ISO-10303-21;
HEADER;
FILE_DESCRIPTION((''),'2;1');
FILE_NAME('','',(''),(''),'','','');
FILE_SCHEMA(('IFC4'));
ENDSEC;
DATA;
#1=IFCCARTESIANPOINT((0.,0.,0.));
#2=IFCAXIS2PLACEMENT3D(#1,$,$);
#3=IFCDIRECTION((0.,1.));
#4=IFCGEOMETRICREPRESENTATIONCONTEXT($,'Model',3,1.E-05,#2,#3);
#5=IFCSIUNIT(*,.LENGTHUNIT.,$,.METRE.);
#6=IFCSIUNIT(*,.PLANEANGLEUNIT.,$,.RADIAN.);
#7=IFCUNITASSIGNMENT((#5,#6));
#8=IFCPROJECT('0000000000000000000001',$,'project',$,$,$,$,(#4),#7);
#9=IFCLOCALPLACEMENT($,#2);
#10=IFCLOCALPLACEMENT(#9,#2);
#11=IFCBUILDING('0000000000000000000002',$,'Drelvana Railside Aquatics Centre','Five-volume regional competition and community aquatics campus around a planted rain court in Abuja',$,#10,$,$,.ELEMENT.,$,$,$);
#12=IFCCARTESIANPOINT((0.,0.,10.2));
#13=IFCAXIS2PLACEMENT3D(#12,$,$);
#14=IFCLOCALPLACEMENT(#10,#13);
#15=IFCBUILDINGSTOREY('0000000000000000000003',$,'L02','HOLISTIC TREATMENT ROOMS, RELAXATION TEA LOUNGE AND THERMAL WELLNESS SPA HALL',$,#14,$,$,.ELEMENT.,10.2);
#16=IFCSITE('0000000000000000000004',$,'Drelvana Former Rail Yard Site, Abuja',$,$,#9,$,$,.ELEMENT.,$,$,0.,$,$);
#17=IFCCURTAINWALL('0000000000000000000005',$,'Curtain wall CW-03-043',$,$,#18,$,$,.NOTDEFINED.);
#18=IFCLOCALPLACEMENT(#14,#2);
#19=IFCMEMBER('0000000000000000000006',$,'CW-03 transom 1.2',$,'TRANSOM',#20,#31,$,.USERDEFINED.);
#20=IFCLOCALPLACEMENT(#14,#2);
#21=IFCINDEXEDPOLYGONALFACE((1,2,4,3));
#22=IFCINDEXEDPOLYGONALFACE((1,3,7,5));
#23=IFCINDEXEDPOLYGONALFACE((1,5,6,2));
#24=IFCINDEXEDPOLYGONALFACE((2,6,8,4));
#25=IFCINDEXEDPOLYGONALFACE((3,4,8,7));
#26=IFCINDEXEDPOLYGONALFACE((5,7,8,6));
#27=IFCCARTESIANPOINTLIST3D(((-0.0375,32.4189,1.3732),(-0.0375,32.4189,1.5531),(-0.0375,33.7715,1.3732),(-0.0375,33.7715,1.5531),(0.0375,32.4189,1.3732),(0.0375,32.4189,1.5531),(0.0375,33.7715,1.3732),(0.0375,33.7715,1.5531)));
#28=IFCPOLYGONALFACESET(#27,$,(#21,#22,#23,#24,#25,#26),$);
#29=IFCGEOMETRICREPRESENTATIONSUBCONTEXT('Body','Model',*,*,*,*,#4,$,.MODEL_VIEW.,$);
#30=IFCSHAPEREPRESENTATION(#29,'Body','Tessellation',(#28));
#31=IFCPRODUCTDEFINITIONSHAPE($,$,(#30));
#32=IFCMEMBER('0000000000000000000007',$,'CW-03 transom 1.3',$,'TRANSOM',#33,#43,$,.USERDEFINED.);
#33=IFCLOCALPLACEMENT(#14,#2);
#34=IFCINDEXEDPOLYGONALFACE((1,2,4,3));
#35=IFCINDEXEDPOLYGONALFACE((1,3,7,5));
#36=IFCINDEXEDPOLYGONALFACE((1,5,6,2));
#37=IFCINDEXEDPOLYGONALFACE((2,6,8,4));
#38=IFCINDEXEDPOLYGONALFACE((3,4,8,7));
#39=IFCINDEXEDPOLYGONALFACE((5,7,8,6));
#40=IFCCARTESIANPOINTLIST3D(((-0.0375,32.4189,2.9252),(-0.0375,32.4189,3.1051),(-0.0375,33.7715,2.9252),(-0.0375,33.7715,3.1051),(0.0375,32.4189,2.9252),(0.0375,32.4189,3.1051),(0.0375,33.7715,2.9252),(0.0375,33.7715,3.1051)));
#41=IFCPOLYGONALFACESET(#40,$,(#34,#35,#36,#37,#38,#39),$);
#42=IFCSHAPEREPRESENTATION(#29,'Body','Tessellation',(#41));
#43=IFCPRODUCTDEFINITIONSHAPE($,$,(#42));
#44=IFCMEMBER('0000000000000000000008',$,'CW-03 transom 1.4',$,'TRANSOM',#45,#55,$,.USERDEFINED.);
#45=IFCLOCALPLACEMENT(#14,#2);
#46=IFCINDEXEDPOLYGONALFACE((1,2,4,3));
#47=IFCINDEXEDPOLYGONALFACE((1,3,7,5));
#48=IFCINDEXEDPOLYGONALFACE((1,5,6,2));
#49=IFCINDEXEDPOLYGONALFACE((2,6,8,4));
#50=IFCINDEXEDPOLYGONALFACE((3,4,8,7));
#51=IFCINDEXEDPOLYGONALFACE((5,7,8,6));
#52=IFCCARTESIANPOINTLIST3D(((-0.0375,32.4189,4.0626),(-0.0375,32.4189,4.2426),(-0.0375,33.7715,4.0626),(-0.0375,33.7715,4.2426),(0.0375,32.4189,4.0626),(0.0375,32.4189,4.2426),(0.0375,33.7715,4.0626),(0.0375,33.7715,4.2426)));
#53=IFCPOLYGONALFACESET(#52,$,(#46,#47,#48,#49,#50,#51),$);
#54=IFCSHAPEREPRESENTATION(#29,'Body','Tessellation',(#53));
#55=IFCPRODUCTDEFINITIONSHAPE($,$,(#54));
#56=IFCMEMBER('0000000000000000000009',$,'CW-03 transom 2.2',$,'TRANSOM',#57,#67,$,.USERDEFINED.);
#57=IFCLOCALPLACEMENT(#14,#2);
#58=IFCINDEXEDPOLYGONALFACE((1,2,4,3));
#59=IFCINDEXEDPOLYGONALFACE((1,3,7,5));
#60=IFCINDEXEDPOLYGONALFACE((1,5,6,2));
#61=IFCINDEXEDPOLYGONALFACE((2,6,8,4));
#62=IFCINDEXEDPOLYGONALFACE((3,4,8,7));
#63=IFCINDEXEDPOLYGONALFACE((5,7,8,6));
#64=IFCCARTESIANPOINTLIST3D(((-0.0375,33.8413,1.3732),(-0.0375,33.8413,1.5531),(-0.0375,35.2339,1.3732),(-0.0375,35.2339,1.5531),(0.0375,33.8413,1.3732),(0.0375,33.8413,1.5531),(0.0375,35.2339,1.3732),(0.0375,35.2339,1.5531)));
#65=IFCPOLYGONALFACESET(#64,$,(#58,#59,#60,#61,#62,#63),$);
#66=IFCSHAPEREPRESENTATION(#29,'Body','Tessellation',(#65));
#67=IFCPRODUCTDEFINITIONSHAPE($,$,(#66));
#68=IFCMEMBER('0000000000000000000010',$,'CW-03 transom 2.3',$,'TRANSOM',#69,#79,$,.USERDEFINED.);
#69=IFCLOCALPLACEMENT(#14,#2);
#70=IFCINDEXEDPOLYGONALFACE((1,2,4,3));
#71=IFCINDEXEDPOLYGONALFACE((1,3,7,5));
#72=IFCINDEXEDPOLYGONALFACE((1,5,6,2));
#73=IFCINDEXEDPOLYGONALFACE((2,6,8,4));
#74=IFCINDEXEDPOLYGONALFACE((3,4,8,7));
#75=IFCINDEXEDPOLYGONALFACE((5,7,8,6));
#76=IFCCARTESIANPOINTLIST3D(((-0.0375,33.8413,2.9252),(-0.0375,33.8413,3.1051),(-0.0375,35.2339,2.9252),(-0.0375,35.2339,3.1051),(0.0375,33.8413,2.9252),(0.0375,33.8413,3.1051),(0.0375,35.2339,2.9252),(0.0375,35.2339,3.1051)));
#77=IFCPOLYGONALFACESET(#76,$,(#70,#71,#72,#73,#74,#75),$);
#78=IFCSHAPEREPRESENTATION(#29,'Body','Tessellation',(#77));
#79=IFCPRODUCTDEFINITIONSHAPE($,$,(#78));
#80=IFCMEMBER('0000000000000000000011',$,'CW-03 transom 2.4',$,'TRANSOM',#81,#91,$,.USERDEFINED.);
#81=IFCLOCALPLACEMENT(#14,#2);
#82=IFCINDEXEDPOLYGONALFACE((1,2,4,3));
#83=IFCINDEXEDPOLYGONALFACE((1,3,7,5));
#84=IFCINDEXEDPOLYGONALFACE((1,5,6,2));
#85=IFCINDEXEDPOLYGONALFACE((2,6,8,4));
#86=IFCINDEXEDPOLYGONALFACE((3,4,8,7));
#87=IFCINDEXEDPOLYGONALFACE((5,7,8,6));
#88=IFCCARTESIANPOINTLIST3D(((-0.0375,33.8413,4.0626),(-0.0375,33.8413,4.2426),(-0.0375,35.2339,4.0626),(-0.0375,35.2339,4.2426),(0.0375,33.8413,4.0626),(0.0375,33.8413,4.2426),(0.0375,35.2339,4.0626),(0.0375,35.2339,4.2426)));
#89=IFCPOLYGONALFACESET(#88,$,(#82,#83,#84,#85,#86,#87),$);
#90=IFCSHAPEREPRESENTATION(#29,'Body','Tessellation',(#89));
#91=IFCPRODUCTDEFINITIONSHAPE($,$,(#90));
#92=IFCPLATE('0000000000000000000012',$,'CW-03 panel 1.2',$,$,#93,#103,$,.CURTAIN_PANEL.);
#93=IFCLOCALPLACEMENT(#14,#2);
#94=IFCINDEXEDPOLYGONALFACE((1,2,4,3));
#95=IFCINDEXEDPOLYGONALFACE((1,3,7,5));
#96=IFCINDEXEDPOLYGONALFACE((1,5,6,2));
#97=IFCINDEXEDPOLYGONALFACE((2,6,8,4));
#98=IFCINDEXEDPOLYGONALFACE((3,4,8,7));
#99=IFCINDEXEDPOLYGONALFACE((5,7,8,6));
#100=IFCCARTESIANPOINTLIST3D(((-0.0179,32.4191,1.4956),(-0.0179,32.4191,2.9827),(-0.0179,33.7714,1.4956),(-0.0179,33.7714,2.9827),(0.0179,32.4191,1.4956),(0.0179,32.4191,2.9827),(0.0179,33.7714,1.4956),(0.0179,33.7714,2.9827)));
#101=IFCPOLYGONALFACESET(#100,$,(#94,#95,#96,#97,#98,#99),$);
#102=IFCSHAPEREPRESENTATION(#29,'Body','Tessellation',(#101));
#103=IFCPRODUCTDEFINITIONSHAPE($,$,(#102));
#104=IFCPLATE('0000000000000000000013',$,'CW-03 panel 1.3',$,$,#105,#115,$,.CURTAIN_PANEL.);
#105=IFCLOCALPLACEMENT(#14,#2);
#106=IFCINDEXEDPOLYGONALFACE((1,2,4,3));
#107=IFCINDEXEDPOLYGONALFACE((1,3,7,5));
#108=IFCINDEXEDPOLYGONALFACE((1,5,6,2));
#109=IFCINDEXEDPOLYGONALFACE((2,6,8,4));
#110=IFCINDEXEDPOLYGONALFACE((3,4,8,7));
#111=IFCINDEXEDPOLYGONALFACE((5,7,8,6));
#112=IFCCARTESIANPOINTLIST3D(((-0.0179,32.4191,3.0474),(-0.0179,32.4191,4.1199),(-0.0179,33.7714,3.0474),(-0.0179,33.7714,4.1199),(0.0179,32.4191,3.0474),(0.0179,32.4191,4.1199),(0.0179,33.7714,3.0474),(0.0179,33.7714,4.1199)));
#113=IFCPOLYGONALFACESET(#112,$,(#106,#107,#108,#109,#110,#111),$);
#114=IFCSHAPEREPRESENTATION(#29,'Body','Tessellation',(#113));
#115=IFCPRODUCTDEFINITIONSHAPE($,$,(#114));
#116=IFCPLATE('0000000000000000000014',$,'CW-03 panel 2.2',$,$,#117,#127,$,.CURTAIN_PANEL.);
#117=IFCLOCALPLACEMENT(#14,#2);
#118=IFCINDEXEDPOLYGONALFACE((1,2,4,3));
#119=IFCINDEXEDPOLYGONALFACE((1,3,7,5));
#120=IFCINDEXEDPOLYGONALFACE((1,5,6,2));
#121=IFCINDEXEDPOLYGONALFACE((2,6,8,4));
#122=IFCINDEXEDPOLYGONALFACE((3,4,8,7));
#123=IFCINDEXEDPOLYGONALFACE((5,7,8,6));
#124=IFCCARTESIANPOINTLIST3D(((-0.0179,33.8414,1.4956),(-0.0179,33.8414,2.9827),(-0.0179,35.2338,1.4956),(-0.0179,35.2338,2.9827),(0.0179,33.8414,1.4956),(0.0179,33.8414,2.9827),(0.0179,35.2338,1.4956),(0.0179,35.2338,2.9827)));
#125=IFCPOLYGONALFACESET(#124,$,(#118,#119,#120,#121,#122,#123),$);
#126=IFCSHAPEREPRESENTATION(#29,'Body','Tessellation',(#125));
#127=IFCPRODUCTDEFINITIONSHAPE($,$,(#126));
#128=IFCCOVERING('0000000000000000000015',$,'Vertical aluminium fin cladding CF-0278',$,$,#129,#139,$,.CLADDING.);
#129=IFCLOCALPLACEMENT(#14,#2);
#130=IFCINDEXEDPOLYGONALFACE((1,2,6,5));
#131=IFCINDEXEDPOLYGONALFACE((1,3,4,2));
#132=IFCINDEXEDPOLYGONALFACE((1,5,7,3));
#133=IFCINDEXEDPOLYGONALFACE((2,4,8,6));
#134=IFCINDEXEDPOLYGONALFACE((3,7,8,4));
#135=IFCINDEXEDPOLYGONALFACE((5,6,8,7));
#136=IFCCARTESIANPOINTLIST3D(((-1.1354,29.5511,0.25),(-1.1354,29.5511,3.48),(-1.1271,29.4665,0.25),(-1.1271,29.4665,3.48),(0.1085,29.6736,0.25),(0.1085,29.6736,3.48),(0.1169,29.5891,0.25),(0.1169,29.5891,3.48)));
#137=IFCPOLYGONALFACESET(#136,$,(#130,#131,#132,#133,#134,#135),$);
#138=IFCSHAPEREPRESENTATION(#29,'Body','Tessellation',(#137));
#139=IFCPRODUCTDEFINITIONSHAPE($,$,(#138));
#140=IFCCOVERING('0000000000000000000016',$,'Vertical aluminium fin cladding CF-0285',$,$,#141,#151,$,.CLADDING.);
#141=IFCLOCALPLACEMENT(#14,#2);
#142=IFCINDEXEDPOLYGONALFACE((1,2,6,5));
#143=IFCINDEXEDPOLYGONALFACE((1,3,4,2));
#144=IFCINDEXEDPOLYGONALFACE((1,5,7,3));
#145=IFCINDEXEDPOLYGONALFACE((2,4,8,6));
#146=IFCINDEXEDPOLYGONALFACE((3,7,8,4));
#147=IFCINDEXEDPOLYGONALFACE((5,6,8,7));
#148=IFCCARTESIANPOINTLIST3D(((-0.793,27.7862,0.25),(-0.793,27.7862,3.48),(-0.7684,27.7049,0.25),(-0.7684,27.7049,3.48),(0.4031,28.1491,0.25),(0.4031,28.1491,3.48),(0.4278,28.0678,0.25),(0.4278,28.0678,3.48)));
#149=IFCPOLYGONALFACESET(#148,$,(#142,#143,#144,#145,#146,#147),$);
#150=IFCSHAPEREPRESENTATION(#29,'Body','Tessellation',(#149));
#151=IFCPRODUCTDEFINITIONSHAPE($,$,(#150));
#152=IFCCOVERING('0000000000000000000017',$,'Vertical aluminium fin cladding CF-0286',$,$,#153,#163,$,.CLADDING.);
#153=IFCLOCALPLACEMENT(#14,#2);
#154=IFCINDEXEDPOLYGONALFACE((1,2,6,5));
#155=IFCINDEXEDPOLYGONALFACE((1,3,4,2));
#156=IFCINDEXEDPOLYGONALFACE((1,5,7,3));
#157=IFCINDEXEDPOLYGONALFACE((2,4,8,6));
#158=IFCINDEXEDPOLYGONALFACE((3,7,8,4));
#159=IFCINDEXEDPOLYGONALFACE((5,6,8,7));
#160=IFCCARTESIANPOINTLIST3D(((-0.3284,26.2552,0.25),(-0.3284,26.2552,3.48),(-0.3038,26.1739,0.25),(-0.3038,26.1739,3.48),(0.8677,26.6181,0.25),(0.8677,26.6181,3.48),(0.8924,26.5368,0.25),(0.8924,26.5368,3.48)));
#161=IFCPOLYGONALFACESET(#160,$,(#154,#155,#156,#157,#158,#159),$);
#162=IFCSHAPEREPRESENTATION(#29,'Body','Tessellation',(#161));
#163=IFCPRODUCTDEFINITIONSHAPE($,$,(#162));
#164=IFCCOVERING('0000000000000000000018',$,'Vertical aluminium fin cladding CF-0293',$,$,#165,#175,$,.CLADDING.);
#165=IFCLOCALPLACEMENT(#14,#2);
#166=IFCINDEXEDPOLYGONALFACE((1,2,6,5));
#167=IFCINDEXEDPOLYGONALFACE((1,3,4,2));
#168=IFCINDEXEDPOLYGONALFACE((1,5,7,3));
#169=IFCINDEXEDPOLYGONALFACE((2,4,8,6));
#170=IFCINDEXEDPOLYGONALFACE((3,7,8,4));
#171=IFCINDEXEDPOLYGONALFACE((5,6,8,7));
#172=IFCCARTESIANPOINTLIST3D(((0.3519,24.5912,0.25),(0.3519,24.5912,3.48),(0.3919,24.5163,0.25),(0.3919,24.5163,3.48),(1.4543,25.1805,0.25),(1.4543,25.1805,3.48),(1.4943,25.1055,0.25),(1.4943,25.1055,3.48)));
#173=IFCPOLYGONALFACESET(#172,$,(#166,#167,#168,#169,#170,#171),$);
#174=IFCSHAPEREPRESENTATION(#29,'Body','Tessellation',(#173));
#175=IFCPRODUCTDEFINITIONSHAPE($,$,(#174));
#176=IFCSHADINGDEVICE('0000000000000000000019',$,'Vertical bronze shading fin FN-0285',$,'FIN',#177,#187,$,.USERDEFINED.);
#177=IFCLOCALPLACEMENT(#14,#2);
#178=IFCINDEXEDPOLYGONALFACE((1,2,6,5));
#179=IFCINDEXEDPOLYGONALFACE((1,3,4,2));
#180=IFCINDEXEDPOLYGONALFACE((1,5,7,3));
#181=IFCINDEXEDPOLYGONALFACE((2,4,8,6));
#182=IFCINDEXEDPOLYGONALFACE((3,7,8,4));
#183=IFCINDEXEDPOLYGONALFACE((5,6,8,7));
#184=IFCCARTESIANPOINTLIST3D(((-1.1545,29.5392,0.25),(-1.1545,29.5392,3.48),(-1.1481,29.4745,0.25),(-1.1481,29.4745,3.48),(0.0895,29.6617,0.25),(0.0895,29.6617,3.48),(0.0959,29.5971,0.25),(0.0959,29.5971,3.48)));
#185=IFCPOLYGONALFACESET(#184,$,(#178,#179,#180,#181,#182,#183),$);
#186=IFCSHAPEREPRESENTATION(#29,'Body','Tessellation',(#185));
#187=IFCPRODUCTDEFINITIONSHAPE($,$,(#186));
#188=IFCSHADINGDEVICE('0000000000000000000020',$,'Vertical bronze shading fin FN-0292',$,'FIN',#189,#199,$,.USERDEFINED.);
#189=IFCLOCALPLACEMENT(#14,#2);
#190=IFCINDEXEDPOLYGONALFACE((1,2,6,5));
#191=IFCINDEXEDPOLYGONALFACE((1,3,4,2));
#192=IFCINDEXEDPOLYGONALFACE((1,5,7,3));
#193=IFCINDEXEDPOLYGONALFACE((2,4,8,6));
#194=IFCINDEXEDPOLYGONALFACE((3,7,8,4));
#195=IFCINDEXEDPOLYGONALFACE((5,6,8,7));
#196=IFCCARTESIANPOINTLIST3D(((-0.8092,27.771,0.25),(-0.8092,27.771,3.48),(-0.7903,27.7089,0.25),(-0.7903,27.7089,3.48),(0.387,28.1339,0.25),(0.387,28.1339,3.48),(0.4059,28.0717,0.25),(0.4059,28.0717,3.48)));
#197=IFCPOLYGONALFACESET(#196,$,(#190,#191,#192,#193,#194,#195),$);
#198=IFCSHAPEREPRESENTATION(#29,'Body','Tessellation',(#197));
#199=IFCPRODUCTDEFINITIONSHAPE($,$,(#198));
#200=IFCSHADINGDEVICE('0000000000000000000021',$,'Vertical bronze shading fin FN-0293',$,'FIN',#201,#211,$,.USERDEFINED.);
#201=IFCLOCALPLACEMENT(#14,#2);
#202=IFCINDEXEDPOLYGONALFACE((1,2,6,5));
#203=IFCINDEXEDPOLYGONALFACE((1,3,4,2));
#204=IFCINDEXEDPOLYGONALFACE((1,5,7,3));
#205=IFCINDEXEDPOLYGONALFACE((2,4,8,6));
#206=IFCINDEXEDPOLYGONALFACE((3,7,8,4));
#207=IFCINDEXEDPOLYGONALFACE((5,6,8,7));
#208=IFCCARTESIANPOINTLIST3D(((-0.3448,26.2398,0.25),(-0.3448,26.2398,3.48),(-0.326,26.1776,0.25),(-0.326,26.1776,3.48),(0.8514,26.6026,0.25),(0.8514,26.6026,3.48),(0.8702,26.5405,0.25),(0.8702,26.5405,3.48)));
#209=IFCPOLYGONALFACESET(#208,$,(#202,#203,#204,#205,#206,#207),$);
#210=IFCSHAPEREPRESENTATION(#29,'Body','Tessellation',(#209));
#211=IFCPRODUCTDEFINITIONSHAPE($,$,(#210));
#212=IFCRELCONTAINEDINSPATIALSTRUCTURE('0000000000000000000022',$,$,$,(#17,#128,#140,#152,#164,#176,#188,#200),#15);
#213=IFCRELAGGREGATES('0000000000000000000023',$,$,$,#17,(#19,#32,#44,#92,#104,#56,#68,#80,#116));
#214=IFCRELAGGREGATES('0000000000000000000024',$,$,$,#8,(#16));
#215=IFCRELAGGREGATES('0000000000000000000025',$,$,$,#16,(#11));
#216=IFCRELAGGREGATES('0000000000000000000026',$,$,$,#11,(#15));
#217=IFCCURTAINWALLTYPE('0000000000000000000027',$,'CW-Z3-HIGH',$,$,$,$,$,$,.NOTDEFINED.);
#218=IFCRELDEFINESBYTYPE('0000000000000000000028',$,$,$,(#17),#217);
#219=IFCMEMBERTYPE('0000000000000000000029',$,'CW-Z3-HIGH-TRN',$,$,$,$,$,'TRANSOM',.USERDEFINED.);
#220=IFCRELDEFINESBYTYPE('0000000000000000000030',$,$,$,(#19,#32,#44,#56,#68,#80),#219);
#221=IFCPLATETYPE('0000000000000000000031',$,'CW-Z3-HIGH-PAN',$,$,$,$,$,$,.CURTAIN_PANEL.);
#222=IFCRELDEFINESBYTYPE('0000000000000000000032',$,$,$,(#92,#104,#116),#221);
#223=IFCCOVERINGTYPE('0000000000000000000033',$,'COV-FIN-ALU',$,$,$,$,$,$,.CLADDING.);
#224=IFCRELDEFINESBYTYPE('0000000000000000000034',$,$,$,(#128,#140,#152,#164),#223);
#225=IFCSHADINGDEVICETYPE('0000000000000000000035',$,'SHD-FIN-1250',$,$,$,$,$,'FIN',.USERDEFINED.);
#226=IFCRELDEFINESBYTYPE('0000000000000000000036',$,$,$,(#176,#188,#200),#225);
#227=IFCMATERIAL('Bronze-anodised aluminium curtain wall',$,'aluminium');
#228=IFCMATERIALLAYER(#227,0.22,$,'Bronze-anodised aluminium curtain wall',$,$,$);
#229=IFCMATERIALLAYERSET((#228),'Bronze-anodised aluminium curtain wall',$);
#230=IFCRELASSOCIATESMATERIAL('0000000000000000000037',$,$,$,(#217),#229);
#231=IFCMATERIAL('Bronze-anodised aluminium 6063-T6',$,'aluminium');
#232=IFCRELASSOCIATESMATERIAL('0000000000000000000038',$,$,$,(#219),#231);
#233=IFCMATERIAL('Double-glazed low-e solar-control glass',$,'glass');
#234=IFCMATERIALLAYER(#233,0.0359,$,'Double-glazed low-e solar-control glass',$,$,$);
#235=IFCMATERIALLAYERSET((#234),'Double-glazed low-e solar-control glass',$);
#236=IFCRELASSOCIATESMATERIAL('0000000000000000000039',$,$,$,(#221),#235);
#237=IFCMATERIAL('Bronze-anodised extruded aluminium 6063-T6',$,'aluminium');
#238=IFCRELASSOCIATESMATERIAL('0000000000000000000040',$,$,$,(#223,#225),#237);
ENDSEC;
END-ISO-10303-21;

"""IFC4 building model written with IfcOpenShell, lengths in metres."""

from ifc_helpers import new_model, si_unit, direction, frame, origin, origin_2d, place, context, subcontext, project, spatial, rectangle, extrude, material, layer, layer_set, material_profile, profile_set, type_object, element, aggregate, save


model = new_model("IFC4")

# Units and contexts
model_context = context("Model", 3, precision=1e-05, world=origin(), true_north=direction((0.0, 1.0)))
body_context = subcontext(model_context, "Body", "Model", "MODEL_VIEW")
ifc_project = project(units=[si_unit("LENGTHUNIT", "METRE"), si_unit("PLANEANGLEUNIT", "RADIAN")], contexts=[model_context])

# Site, building, storey
site_placement = place(None, origin())
site = spatial("IfcSite", under=ifc_project, at=site_placement, Name="Drelvana Former Rail Yard Site, Abuja", CompositionType="ELEMENT", RefElevation=0.0)
building_placement = place(site_placement, origin())
building = spatial("IfcBuilding", under=site, at=building_placement, Name="Drelvana Railside Aquatics Centre", Description="Five-volume regional competition and community aquatics campus around a planted rain court in Abuja", CompositionType="ELEMENT")
storey_placement = place(building_placement, frame((0.0, 0.0, 10.2)))
storey = spatial("IfcBuildingStorey", under=building, at=storey_placement, Name="L02", Description="HOLISTIC TREATMENT ROOMS, RELAXATION TEA LOUNGE AND THERMAL WELLNESS SPA HALL", CompositionType="ELEMENT", Elevation=10.2)

# Curtain wall, members, plates
ifc_material_1 = material(Name="Bronze-anodised aluminium curtain wall", Category="aluminium")
ifc_layer_1 = layer(ifc_material_1, 0.22, Name="Bronze-anodised aluminium curtain wall")
ifc_layer_set_1 = layer_set([ifc_layer_1], Name="Bronze-anodised aluminium curtain wall")
curtain_wall_type = type_object("IfcCurtainWallType", Name="CW-Z3-HIGH", PredefinedType="NOTDEFINED", material=ifc_layer_set_1)
curtain_wall_placement = place(storey_placement, origin())
curtain_wall = element("IfcCurtainWall", 1, at=curtain_wall_placement, inside=storey, type_object=curtain_wall_type, Name="Curtain wall CW-03-043", PredefinedType="NOTDEFINED")
ifc_material_2 = material(Name="Bronze-anodised aluminium 6063-T6", Category="aluminium")
ifc_material_profile = material_profile(ifc_material_2, rectangle(XDim=0.1799, YDim=0.075, at=origin_2d()), Name="ALU-T 75x180")
ifc_profile_set = profile_set([ifc_material_profile], Name="Bronze-anodised aluminium 6063-T6")
member_type = type_object("IfcMemberType", Name="CW-Z3-HIGH-TRN", ElementType="TRANSOM", PredefinedType="USERDEFINED", material=ifc_profile_set)
member_1_placement = place(storey_placement, frame((0.0, 32.4189, 1.4631), z_axis=(0.0, 1.0, 0.0), x_axis=(0.0, 0.0, 1.0)))
member_1 = element("IfcMember", 2, at=member_1_placement, type_object=member_type, Name="CW-03 transom 1.2", ObjectType="TRANSOM", PredefinedType="USERDEFINED", context=body_context, shape_type="SweptSolid", body=[
    extrude(rectangle(XDim=0.1799, YDim=0.075, at=origin_2d()), origin(), (0.0, 0.0, 1.0), 1.3525),
])
member_2_placement = place(storey_placement, frame((0.0, 32.4189, 3.0151), z_axis=(0.0, 1.0, 0.0), x_axis=(0.0, 0.0, 1.0)))
member_2 = element("IfcMember", 3, at=member_2_placement, type_object=member_type, Name="CW-03 transom 1.3", ObjectType="TRANSOM", PredefinedType="USERDEFINED", context=body_context, shape_type="SweptSolid", body=[
    extrude(rectangle(XDim=0.1799, YDim=0.075, at=origin_2d()), origin(), (0.0, 0.0, 1.0), 1.3525),
])
member_3_placement = place(storey_placement, frame((0.0, 32.4189, 4.1526), z_axis=(0.0, 1.0, 0.0), x_axis=(0.0, 0.0, 1.0)))
member_3 = element("IfcMember", 4, at=member_3_placement, type_object=member_type, Name="CW-03 transom 1.4", ObjectType="TRANSOM", PredefinedType="USERDEFINED", context=body_context, shape_type="SweptSolid", body=[
    extrude(rectangle(XDim=0.1799, YDim=0.075, at=origin_2d()), origin(), (0.0, 0.0, 1.0), 1.3525),
])
member_4_placement = place(storey_placement, frame((0.0, 33.8413, 1.4631), z_axis=(0.0, 1.0, 0.0), x_axis=(0.0, 0.0, 1.0)))
member_4 = element("IfcMember", 5, at=member_4_placement, type_object=member_type, Name="CW-03 transom 2.2", ObjectType="TRANSOM", PredefinedType="USERDEFINED", context=body_context, shape_type="SweptSolid", body=[
    extrude(rectangle(XDim=0.1799, YDim=0.075, at=origin_2d()), origin(), (0.0, 0.0, 1.0), 1.3926),
])
member_5_placement = place(storey_placement, frame((0.0, 33.8413, 3.0151), z_axis=(0.0, 1.0, 0.0), x_axis=(0.0, 0.0, 1.0)))
member_5 = element("IfcMember", 6, at=member_5_placement, type_object=member_type, Name="CW-03 transom 2.3", ObjectType="TRANSOM", PredefinedType="USERDEFINED", context=body_context, shape_type="SweptSolid", body=[
    extrude(rectangle(XDim=0.1799, YDim=0.075, at=origin_2d()), origin(), (0.0, 0.0, 1.0), 1.3926),
])
member_6_placement = place(storey_placement, frame((0.0, 33.8413, 4.1526), z_axis=(0.0, 1.0, 0.0), x_axis=(0.0, 0.0, 1.0)))
member_6 = element("IfcMember", 7, at=member_6_placement, type_object=member_type, Name="CW-03 transom 2.4", ObjectType="TRANSOM", PredefinedType="USERDEFINED", context=body_context, shape_type="SweptSolid", body=[
    extrude(rectangle(XDim=0.1799, YDim=0.075, at=origin_2d()), origin(), (0.0, 0.0, 1.0), 1.3926),
])
ifc_material_3 = material(Name="Double-glazed low-e solar-control glass", Category="glass")
ifc_layer_2 = layer(ifc_material_3, 0.0359, Name="Double-glazed low-e solar-control glass")
ifc_layer_set_2 = layer_set([ifc_layer_2], Name="Double-glazed low-e solar-control glass")
plate_type = type_object("IfcPlateType", Name="CW-Z3-HIGH-PAN", PredefinedType="CURTAIN_PANEL", material=ifc_layer_set_2)
plate_1_placement = place(storey_placement, frame((0.0, 33.0952, 1.4956), z_axis=(0.0, 0.0, 1.0), x_axis=(0.0, 1.0, 0.0)))
plate_1 = element("IfcPlate", 8, at=plate_1_placement, type_object=plate_type, Name="CW-03 panel 1.2", PredefinedType="CURTAIN_PANEL", context=body_context, shape_type="SweptSolid", body=[
    extrude(rectangle(XDim=1.3523, YDim=0.0359, at=origin_2d()), origin(), (0.0, 0.0, 1.0), 1.4871),
])
plate_2_placement = place(storey_placement, frame((0.0, 33.0952, 3.0474), z_axis=(0.0, 0.0, 1.0), x_axis=(0.0, 1.0, 0.0)))
plate_2 = element("IfcPlate", 9, at=plate_2_placement, type_object=plate_type, Name="CW-03 panel 1.3", PredefinedType="CURTAIN_PANEL", context=body_context, shape_type="SweptSolid", body=[
    extrude(rectangle(XDim=1.3523, YDim=0.0359, at=origin_2d()), origin(), (0.0, 0.0, 1.0), 1.0725),
])
plate_3_placement = place(storey_placement, frame((0.0, 34.5376, 1.4956), z_axis=(0.0, 0.0, 1.0), x_axis=(0.0, 1.0, 0.0)))
plate_3 = element("IfcPlate", 10, at=plate_3_placement, type_object=plate_type, Name="CW-03 panel 2.2", PredefinedType="CURTAIN_PANEL", context=body_context, shape_type="SweptSolid", body=[
    extrude(rectangle(XDim=1.3923, YDim=0.0359, at=origin_2d()), origin(), (0.0, 0.0, 1.0), 1.4871),
])
aggregate(curtain_wall, [member_1, member_2, member_3, plate_1, plate_2, member_4, member_5, member_6, plate_3])

# Coverings
ifc_material_4 = material(Name="Bronze-anodised extruded aluminium 6063-T6", Category="aluminium")
covering_type = type_object("IfcCoveringType", Name="COV-FIN-ALU", PredefinedType="CLADDING", material=ifc_material_4)
for number, where, z_axis, x_axis, name in (
    (11, (-0.5093, 29.5701, 0.25), (0.0, 0.0, 1.0), (-0.098017, 0.995185, 0.0), "Vertical aluminium fin cladding CF-0278"),
    (12, (-0.1826, 27.927, 0.25), (0.0, 0.0, 1.0), (-0.290285, 0.95694, 0.0), "Vertical aluminium fin cladding CF-0285"),
    (13, (0.282, 26.396, 0.25), (0.0, 0.0, 1.0), (-0.290285, 0.95694, 0.0), "Vertical aluminium fin cladding CF-0286"),
    (14, (0.9231, 24.8484, 0.25), (0.0, 0.0, 1.0), (-0.471397, 0.881921, 0.0), "Vertical aluminium fin cladding CF-0293"),
):
    element("IfcCovering", number, at=place(storey_placement, frame(where, z_axis=z_axis, x_axis=x_axis)), inside=storey, type_object=covering_type, Name=name, PredefinedType="CLADDING", context=body_context, shape_type="SweptSolid", body=[
        extrude(rectangle(XDim=0.085, YDim=1.25, at=origin_2d()), origin(), (0.0, 0.0, 1.0), 3.23),
    ])

# Shading devices
shading_device_type = type_object("IfcShadingDeviceType", Name="SHD-FIN-1250", ElementType="FIN", PredefinedType="USERDEFINED", material=ifc_material_4)
for number, where, z_axis, x_axis, name in (
    (15, (-0.5293, 29.5681, 0.25), (0.0, 0.0, 1.0), (-0.995185, -0.098017, 0.0), "Vertical bronze shading fin FN-0285"),
    (16, (-0.2017, 27.9214, 0.25), (0.0, 0.0, 1.0), (-0.95694, -0.290285, 0.0), "Vertical bronze shading fin FN-0292"),
    (17, (0.2627, 26.3901, 0.25), (0.0, 0.0, 1.0), (-0.95694, -0.290285, 0.0), "Vertical bronze shading fin FN-0293"),
):
    element("IfcShadingDevice", number, at=place(storey_placement, frame(where, z_axis=z_axis, x_axis=x_axis)), inside=storey, type_object=shading_device_type, Name=name, ObjectType="FIN", PredefinedType="USERDEFINED", context=body_context, shape_type="SweptSolid", body=[
        extrude(rectangle(XDim=1.25, YDim=0.0649, at=origin_2d()), origin(), (0.0, 0.0, 1.0), 3.23),
    ])

save(model, "model.ifc")
